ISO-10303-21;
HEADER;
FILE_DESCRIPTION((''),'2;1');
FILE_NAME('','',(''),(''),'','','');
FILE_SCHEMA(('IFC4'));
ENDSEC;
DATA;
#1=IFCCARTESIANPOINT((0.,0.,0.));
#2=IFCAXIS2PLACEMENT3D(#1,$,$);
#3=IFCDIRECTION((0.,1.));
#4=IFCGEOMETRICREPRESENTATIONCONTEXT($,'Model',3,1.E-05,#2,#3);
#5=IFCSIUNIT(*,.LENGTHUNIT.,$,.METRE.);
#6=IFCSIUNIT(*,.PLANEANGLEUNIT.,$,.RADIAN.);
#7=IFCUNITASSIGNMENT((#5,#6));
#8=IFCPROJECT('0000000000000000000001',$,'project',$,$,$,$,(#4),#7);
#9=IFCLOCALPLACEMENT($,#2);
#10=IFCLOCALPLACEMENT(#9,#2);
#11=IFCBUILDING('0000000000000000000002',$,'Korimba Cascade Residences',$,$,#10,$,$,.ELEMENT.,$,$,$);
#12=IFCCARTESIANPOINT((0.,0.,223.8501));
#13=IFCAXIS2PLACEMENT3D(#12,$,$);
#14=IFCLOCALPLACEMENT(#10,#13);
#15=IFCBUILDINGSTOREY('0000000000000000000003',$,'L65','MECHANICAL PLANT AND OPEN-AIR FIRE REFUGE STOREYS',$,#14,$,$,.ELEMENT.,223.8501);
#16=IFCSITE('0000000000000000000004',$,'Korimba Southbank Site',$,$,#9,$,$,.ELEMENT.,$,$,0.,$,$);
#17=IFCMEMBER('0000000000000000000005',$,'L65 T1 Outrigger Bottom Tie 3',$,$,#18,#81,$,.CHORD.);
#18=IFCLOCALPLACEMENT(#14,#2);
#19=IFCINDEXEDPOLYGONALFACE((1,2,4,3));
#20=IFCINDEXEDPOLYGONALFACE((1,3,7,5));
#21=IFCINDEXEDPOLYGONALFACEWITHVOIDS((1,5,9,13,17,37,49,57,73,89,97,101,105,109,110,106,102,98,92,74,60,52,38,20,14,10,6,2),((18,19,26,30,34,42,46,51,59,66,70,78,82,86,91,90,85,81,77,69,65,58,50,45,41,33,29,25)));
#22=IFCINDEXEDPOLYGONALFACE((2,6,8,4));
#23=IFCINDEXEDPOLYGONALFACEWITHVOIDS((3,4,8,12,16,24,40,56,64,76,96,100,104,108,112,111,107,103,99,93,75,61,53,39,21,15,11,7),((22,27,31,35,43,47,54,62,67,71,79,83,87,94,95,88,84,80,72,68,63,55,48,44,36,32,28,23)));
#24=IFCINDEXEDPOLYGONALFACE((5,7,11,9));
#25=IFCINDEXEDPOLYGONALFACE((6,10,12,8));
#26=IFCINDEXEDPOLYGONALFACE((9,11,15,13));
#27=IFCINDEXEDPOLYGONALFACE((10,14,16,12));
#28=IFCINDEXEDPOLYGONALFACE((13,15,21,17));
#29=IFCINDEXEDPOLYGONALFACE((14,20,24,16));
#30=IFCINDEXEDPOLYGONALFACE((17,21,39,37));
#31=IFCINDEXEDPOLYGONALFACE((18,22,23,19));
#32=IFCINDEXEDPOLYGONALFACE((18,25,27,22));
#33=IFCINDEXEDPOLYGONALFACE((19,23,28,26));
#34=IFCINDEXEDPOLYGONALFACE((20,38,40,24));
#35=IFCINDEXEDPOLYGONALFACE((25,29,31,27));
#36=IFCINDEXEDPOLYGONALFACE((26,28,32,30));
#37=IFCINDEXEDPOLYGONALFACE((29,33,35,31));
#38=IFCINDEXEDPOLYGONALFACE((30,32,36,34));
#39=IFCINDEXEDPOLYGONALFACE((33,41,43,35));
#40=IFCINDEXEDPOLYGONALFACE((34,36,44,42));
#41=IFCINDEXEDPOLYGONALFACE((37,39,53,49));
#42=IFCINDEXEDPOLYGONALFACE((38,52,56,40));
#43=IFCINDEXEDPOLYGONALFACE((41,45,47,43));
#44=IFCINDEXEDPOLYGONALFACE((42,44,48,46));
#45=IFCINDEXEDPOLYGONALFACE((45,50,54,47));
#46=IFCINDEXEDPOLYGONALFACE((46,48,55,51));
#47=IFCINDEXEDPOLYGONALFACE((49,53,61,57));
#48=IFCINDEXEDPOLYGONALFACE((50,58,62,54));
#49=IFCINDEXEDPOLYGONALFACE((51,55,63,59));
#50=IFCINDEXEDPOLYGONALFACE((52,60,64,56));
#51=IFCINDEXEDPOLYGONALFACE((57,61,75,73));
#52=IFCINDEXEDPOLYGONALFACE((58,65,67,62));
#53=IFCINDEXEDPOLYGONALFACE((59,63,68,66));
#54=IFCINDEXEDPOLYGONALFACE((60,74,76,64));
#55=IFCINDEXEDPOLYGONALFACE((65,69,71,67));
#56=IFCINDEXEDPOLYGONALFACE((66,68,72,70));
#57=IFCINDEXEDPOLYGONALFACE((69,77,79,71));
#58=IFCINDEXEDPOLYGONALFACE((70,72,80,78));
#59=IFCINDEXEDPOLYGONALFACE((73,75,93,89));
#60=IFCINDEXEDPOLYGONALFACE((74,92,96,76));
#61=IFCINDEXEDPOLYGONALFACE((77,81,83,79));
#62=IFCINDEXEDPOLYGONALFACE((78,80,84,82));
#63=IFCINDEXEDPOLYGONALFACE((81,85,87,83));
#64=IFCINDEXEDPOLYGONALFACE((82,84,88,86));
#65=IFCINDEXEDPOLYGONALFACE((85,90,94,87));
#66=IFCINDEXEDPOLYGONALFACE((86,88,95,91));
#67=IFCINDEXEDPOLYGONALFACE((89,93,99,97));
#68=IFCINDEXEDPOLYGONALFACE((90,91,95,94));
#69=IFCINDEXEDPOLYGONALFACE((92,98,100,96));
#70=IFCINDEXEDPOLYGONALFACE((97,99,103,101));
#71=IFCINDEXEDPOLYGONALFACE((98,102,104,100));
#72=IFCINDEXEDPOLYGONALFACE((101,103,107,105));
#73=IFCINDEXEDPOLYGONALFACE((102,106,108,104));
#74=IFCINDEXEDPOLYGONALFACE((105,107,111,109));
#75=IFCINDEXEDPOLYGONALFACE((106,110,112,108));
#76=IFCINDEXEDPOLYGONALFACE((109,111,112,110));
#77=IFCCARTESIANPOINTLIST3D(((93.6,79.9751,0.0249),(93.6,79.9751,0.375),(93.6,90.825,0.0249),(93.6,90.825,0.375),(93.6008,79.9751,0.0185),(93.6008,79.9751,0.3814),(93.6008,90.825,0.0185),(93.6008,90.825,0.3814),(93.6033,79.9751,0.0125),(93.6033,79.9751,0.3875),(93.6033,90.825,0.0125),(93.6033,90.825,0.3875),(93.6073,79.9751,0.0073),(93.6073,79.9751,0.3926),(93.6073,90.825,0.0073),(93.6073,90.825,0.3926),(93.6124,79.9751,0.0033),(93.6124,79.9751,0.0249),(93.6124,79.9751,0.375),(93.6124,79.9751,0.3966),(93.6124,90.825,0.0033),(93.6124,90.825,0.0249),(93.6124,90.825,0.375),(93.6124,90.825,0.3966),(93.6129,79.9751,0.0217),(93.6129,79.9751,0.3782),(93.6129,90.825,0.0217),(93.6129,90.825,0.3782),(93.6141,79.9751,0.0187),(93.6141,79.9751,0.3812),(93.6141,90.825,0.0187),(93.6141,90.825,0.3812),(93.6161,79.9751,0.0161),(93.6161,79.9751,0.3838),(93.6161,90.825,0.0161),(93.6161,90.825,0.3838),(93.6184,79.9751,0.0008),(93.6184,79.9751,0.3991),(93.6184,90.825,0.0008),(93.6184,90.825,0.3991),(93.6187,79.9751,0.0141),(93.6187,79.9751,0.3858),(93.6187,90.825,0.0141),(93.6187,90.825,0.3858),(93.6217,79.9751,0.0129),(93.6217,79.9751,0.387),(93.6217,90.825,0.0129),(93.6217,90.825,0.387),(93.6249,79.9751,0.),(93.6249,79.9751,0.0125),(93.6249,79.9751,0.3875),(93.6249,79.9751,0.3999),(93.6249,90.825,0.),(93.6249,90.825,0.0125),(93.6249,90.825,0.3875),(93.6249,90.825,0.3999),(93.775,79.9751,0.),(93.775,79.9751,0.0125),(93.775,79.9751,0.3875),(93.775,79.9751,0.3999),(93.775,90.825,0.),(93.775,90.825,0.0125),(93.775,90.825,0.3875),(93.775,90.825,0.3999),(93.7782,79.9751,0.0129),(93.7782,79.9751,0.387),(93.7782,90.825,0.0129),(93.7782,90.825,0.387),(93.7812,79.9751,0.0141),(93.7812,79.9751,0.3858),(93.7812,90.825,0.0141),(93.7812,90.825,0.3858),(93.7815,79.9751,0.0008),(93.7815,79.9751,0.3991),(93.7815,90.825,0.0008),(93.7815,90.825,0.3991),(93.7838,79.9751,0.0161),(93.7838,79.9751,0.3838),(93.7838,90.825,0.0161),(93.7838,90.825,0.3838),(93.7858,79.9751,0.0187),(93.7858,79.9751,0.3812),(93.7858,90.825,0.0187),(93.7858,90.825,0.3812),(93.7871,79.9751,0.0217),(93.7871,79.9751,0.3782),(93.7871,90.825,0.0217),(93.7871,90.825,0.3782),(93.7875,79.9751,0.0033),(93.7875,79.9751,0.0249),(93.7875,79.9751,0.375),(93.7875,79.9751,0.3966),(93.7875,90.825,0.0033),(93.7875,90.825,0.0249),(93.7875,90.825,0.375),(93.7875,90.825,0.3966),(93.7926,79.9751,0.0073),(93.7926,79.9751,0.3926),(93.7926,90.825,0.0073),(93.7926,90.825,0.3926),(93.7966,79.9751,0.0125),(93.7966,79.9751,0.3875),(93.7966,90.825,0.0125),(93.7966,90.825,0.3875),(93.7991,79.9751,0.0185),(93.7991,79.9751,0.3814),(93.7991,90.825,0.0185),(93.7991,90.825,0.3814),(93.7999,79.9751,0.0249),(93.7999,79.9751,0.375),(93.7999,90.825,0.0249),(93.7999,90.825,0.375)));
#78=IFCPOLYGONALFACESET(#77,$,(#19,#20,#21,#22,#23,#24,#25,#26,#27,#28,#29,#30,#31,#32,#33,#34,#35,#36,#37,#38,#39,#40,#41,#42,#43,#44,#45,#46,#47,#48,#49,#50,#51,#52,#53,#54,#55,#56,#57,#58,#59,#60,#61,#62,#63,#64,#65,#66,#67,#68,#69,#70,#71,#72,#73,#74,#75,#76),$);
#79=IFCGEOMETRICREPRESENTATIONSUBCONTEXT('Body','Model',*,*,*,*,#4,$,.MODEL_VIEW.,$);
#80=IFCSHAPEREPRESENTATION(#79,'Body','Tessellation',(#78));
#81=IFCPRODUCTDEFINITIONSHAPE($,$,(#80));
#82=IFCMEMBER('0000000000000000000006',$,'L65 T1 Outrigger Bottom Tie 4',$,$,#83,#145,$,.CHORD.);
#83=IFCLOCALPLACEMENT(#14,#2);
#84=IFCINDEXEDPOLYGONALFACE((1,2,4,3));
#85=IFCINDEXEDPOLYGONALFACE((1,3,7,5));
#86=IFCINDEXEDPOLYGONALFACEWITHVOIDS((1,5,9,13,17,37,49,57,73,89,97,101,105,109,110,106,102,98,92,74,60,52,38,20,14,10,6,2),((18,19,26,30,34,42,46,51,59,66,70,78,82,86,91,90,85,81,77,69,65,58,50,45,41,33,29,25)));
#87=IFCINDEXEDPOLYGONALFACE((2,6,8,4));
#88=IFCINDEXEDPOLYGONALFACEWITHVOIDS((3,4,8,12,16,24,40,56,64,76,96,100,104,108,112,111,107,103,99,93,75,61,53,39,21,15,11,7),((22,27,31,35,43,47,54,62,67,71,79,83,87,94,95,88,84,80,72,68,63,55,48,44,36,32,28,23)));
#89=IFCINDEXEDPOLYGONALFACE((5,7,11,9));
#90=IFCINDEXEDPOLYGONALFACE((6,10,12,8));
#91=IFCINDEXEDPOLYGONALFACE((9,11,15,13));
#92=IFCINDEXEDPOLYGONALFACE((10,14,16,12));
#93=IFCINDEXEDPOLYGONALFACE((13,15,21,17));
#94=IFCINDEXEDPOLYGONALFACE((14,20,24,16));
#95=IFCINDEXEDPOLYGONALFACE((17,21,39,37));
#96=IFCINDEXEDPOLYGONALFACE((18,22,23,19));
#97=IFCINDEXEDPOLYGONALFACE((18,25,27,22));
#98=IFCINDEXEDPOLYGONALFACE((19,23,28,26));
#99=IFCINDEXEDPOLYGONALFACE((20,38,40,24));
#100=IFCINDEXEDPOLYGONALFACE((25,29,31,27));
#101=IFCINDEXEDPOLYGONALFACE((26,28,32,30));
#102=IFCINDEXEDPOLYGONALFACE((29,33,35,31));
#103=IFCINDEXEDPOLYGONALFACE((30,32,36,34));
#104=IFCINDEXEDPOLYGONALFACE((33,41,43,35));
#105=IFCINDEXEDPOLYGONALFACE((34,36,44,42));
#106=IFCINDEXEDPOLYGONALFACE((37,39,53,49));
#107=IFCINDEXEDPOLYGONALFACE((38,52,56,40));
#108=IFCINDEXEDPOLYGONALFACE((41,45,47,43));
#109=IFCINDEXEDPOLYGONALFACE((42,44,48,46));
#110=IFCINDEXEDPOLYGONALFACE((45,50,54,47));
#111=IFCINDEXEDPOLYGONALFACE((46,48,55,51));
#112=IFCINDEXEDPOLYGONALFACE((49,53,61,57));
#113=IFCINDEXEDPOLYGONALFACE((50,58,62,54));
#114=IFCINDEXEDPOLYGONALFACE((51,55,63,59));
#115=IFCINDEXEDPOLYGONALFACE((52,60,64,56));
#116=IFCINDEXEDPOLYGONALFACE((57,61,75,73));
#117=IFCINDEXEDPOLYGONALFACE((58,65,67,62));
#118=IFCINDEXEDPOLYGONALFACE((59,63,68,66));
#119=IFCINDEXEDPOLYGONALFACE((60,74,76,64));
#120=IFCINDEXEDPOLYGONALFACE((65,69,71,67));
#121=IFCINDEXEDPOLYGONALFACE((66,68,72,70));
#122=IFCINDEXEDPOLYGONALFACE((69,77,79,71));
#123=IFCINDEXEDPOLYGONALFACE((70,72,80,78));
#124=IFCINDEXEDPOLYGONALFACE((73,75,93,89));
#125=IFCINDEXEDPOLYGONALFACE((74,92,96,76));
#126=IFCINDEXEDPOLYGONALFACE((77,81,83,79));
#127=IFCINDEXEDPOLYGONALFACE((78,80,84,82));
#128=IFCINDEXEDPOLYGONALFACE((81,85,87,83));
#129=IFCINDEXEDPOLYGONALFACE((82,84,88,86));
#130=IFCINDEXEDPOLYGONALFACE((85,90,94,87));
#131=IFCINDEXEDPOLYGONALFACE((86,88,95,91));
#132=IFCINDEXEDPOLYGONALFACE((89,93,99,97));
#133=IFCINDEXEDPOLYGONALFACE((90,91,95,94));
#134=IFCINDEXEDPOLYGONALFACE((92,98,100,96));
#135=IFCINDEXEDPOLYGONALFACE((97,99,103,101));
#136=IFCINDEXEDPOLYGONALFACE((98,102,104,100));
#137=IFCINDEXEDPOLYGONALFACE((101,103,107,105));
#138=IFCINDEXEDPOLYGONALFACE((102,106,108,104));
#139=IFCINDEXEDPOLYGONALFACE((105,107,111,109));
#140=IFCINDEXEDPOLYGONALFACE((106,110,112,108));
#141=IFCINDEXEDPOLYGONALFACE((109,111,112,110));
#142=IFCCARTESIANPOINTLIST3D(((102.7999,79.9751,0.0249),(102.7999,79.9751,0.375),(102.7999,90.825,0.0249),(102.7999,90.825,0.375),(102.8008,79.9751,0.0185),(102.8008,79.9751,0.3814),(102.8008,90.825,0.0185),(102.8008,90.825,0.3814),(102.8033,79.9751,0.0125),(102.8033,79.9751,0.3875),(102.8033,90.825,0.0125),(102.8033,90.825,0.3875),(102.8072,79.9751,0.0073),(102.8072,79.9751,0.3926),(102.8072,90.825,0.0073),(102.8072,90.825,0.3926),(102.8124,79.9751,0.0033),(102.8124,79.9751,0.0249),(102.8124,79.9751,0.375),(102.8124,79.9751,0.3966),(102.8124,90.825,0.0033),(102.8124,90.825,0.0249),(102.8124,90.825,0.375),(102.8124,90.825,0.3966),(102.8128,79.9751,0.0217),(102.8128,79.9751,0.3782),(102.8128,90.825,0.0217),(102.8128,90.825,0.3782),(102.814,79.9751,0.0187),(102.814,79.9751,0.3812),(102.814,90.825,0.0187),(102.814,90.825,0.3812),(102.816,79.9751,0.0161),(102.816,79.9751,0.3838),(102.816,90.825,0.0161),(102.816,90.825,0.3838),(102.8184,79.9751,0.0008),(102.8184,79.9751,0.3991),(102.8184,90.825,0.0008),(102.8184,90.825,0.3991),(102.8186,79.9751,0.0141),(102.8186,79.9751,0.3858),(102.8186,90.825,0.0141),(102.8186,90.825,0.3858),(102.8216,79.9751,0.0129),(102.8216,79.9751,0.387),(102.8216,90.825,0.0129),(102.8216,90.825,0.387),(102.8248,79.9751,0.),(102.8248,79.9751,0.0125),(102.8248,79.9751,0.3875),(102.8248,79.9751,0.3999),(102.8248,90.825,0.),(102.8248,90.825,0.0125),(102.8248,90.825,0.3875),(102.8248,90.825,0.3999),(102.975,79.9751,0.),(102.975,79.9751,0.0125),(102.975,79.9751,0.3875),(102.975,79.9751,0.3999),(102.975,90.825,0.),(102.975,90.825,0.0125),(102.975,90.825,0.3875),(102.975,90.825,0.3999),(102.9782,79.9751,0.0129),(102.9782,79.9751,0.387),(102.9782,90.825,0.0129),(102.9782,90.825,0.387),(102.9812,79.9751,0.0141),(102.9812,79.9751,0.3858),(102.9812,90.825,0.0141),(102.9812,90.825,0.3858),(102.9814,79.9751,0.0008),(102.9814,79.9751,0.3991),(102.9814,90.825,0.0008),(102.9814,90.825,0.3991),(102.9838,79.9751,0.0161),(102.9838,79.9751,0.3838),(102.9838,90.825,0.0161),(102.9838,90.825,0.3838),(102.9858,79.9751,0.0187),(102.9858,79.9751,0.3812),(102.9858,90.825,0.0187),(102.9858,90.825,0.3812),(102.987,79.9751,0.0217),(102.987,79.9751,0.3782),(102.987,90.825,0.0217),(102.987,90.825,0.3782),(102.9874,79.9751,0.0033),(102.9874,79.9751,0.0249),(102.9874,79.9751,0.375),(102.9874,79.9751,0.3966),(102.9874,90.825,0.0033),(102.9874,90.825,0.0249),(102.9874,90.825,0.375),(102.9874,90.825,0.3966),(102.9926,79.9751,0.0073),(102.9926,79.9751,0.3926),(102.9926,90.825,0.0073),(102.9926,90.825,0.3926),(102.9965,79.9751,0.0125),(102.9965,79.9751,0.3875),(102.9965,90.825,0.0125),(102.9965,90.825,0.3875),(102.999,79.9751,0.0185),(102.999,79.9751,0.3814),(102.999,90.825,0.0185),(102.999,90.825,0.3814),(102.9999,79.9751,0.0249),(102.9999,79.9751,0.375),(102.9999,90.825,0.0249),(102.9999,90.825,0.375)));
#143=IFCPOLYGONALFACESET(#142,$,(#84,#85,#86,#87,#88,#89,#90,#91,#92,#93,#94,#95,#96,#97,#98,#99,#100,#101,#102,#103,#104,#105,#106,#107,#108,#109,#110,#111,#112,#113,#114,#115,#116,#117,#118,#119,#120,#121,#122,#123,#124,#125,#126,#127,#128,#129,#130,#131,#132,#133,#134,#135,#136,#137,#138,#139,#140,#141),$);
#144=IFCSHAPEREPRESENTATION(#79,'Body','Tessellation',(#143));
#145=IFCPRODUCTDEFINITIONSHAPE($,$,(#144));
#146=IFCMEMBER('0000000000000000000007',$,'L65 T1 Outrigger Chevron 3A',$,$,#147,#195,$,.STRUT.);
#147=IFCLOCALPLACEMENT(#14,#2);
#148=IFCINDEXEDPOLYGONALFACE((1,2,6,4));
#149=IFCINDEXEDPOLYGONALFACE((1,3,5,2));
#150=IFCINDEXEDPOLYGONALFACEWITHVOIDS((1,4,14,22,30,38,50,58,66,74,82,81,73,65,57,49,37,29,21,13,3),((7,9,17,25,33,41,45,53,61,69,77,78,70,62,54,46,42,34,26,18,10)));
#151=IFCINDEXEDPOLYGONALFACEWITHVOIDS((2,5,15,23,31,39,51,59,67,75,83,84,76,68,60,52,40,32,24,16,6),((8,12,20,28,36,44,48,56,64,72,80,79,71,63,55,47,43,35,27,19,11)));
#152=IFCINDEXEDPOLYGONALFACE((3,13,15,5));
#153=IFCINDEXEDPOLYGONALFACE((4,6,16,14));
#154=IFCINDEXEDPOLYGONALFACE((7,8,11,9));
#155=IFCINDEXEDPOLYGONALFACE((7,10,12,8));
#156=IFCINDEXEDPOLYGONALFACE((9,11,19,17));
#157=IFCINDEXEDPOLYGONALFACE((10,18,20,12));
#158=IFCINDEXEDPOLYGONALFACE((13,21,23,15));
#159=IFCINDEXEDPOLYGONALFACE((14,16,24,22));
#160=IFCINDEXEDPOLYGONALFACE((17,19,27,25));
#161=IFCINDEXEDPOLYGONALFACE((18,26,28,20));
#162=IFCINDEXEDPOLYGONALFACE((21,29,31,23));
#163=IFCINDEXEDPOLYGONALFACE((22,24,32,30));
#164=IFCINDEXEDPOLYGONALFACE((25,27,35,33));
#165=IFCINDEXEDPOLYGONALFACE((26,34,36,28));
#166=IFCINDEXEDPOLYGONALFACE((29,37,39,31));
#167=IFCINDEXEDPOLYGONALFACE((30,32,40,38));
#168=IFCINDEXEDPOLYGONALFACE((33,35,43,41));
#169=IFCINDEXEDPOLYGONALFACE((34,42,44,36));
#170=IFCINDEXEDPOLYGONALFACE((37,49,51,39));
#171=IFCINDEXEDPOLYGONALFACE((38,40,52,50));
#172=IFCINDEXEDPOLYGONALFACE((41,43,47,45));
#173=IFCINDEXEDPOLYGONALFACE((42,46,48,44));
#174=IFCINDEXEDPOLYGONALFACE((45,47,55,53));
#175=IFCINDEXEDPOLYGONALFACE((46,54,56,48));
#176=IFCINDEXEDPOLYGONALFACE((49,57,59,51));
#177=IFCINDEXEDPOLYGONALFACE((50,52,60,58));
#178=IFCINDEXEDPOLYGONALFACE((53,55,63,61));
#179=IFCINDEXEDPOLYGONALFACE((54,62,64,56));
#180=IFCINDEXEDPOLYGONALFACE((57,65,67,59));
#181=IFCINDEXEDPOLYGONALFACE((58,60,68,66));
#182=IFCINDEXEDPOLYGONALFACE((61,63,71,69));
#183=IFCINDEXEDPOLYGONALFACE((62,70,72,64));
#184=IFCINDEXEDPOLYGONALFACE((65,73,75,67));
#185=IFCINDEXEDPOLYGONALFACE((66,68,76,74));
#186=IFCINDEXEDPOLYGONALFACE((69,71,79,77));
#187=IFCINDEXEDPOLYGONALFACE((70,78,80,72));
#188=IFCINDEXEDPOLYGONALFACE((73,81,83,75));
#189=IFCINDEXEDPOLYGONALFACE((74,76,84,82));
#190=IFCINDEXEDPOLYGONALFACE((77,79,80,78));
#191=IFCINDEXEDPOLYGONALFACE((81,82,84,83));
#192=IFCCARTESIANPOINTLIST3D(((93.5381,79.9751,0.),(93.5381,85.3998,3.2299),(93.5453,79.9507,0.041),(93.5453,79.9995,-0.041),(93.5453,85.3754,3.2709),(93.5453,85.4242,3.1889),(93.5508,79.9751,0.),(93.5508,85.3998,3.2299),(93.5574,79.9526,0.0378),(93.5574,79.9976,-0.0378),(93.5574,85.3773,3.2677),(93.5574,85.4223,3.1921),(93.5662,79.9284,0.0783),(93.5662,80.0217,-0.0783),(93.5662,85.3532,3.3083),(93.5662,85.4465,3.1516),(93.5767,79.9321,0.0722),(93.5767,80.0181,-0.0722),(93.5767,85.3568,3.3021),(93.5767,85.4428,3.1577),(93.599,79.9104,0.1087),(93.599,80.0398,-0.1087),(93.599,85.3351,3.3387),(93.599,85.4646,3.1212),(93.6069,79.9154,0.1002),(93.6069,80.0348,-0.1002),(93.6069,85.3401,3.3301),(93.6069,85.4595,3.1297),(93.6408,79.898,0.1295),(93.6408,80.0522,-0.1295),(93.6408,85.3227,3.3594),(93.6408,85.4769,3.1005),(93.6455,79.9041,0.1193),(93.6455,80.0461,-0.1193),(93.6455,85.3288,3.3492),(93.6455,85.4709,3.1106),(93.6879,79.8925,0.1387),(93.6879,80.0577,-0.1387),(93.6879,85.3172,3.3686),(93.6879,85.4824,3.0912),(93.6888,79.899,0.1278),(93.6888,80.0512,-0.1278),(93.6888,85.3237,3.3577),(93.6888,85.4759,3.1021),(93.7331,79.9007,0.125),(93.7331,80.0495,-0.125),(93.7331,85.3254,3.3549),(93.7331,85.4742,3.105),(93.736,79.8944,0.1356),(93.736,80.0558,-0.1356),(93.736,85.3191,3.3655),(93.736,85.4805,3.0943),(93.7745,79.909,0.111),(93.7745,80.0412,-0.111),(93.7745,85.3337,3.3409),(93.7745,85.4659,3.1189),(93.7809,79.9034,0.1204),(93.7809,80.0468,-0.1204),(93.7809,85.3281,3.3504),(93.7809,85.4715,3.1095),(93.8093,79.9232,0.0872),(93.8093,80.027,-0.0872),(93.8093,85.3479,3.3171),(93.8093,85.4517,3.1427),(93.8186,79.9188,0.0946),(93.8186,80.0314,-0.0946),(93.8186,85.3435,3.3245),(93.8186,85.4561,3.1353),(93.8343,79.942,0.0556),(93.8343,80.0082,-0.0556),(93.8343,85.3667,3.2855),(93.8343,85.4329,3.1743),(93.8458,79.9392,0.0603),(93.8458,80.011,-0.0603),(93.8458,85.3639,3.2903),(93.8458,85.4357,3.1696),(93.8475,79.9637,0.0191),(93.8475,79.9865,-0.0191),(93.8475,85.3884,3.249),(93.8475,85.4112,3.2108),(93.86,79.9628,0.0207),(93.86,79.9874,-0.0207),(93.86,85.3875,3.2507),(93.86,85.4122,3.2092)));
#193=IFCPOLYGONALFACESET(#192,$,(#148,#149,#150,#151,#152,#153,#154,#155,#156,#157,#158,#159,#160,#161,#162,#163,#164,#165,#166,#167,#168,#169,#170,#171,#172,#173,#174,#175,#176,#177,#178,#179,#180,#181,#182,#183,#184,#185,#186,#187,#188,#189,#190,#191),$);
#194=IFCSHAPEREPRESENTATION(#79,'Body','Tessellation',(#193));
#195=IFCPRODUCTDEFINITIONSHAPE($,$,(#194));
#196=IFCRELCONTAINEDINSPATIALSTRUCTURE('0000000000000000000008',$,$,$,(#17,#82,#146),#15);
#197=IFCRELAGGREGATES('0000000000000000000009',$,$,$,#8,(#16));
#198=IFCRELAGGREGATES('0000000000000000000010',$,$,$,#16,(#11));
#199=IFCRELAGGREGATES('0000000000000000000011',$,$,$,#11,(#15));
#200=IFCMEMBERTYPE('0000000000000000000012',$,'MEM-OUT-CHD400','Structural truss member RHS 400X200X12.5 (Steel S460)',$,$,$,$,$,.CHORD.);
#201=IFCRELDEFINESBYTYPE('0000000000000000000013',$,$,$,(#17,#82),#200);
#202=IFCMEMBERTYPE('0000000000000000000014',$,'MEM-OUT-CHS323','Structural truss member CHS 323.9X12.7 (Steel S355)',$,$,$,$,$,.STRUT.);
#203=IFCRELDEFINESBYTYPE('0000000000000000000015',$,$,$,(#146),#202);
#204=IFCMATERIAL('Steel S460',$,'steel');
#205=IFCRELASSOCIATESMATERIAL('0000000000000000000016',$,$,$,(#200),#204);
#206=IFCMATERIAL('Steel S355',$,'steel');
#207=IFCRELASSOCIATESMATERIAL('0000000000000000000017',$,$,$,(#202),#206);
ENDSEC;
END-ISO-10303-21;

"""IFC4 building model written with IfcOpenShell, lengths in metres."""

from ifc_helpers import new_model, si_unit, direction, frame, origin, origin_2d, place, context, subcontext, project, spatial, hollow_rectangle, hollow_circle, extrude, material, material_profile, profile_set, type_object, element, save


model = new_model("IFC4")

# Units and contexts
model_context = context("Model", 3, precision=1e-05, world=origin(), true_north=direction((0.0, 1.0)))
body_context = subcontext(model_context, "Body", "Model", "MODEL_VIEW")
ifc_project = project(units=[si_unit("LENGTHUNIT", "METRE"), si_unit("PLANEANGLEUNIT", "RADIAN")], contexts=[model_context])

# Site, building, storey
site_placement = place(None, origin())
site = spatial("IfcSite", under=ifc_project, at=site_placement, Name="Korimba Southbank Site", CompositionType="ELEMENT", RefElevation=0.0)
building_placement = place(site_placement, origin())
building = spatial("IfcBuilding", under=site, at=building_placement, Name="Korimba Cascade Residences", CompositionType="ELEMENT")
storey_placement = place(building_placement, frame((0.0, 0.0, 223.8501)))
storey = spatial("IfcBuildingStorey", under=building, at=storey_placement, Name="L65", Description="MECHANICAL PLANT AND OPEN-AIR FIRE REFUGE STOREYS", CompositionType="ELEMENT", Elevation=223.8501)

# Shared definitions
ifc_material_1 = material(Name="Steel S355", Category="steel")

# Members
ifc_material_2 = material(Name="Steel S460", Category="steel")
ifc_material_profile_1 = material_profile(ifc_material_2, hollow_rectangle(XDim=0.2, YDim=0.3999, WallThickness=0.0125, InnerFilletRadius=0.0125, OuterFilletRadius=0.0249, at=origin_2d()), Name="Steel S460")
ifc_profile_set_1 = profile_set([ifc_material_profile_1], Name="Steel S460")
member_type_1 = type_object("IfcMemberType", Name="MEM-OUT-CHD400", Description="Structural truss member RHS 400X200X12.5 (Steel S460)", PredefinedType="CHORD", material=ifc_profile_set_1)
for number, where, z_axis, x_axis, name in (
    (1, (93.7, 79.9751, 0.2), (0.0, 1.0, 0.0), (-1.0, 0.0, 0.0), "L65 T1 Outrigger Bottom Tie 3"),
    (2, (102.8999, 79.9751, 0.2), (0.0, 1.0, 0.0), (-1.0, 0.0, 0.0), "L65 T1 Outrigger Bottom Tie 4"),
):
    element("IfcMember", number, at=place(storey_placement, frame(where, z_axis=z_axis, x_axis=x_axis)), inside=storey, type_object=member_type_1, Name=name, PredefinedType="CHORD", context=body_context, shape_type="SweptSolid", body=[
        extrude(hollow_rectangle(XDim=0.2, YDim=0.3999, WallThickness=0.0125, InnerFilletRadius=0.0125, OuterFilletRadius=0.0249, at=origin_2d()), origin(), (0.0, 0.0, 1.0), 10.8499),
    ])
ifc_material_profile_2 = material_profile(ifc_material_1, hollow_circle(Radius=0.1619, WallThickness=0.0127, at=origin_2d()), Name="Steel S355")
ifc_profile_set_2 = profile_set([ifc_material_profile_2], Name="Steel S355")
member_type_2 = type_object("IfcMemberType", Name="MEM-OUT-CHS323", Description="Structural truss member CHS 323.9X12.7 (Steel S355)", PredefinedType="STRUT", material=ifc_profile_set_2)
for number, where, z_axis, x_axis, name in (
    (3, (93.7, 79.9751, 0.0), (0.0, 0.859228, 0.511593), (-1.0, 0.0, 0.0), "L65 T1 Outrigger Chevron 3A"),
):
    element("IfcMember", number, at=place(storey_placement, frame(where, z_axis=z_axis, x_axis=x_axis)), inside=storey, type_object=member_type_2, Name=name, PredefinedType="STRUT", context=body_context, shape_type="SweptSolid", body=[
        extrude(hollow_circle(Radius=0.1619, WallThickness=0.0127, at=origin_2d()), origin(), (0.0, 0.0, 1.0), 6.3135),
    ])

save(model, "model.ifc")
